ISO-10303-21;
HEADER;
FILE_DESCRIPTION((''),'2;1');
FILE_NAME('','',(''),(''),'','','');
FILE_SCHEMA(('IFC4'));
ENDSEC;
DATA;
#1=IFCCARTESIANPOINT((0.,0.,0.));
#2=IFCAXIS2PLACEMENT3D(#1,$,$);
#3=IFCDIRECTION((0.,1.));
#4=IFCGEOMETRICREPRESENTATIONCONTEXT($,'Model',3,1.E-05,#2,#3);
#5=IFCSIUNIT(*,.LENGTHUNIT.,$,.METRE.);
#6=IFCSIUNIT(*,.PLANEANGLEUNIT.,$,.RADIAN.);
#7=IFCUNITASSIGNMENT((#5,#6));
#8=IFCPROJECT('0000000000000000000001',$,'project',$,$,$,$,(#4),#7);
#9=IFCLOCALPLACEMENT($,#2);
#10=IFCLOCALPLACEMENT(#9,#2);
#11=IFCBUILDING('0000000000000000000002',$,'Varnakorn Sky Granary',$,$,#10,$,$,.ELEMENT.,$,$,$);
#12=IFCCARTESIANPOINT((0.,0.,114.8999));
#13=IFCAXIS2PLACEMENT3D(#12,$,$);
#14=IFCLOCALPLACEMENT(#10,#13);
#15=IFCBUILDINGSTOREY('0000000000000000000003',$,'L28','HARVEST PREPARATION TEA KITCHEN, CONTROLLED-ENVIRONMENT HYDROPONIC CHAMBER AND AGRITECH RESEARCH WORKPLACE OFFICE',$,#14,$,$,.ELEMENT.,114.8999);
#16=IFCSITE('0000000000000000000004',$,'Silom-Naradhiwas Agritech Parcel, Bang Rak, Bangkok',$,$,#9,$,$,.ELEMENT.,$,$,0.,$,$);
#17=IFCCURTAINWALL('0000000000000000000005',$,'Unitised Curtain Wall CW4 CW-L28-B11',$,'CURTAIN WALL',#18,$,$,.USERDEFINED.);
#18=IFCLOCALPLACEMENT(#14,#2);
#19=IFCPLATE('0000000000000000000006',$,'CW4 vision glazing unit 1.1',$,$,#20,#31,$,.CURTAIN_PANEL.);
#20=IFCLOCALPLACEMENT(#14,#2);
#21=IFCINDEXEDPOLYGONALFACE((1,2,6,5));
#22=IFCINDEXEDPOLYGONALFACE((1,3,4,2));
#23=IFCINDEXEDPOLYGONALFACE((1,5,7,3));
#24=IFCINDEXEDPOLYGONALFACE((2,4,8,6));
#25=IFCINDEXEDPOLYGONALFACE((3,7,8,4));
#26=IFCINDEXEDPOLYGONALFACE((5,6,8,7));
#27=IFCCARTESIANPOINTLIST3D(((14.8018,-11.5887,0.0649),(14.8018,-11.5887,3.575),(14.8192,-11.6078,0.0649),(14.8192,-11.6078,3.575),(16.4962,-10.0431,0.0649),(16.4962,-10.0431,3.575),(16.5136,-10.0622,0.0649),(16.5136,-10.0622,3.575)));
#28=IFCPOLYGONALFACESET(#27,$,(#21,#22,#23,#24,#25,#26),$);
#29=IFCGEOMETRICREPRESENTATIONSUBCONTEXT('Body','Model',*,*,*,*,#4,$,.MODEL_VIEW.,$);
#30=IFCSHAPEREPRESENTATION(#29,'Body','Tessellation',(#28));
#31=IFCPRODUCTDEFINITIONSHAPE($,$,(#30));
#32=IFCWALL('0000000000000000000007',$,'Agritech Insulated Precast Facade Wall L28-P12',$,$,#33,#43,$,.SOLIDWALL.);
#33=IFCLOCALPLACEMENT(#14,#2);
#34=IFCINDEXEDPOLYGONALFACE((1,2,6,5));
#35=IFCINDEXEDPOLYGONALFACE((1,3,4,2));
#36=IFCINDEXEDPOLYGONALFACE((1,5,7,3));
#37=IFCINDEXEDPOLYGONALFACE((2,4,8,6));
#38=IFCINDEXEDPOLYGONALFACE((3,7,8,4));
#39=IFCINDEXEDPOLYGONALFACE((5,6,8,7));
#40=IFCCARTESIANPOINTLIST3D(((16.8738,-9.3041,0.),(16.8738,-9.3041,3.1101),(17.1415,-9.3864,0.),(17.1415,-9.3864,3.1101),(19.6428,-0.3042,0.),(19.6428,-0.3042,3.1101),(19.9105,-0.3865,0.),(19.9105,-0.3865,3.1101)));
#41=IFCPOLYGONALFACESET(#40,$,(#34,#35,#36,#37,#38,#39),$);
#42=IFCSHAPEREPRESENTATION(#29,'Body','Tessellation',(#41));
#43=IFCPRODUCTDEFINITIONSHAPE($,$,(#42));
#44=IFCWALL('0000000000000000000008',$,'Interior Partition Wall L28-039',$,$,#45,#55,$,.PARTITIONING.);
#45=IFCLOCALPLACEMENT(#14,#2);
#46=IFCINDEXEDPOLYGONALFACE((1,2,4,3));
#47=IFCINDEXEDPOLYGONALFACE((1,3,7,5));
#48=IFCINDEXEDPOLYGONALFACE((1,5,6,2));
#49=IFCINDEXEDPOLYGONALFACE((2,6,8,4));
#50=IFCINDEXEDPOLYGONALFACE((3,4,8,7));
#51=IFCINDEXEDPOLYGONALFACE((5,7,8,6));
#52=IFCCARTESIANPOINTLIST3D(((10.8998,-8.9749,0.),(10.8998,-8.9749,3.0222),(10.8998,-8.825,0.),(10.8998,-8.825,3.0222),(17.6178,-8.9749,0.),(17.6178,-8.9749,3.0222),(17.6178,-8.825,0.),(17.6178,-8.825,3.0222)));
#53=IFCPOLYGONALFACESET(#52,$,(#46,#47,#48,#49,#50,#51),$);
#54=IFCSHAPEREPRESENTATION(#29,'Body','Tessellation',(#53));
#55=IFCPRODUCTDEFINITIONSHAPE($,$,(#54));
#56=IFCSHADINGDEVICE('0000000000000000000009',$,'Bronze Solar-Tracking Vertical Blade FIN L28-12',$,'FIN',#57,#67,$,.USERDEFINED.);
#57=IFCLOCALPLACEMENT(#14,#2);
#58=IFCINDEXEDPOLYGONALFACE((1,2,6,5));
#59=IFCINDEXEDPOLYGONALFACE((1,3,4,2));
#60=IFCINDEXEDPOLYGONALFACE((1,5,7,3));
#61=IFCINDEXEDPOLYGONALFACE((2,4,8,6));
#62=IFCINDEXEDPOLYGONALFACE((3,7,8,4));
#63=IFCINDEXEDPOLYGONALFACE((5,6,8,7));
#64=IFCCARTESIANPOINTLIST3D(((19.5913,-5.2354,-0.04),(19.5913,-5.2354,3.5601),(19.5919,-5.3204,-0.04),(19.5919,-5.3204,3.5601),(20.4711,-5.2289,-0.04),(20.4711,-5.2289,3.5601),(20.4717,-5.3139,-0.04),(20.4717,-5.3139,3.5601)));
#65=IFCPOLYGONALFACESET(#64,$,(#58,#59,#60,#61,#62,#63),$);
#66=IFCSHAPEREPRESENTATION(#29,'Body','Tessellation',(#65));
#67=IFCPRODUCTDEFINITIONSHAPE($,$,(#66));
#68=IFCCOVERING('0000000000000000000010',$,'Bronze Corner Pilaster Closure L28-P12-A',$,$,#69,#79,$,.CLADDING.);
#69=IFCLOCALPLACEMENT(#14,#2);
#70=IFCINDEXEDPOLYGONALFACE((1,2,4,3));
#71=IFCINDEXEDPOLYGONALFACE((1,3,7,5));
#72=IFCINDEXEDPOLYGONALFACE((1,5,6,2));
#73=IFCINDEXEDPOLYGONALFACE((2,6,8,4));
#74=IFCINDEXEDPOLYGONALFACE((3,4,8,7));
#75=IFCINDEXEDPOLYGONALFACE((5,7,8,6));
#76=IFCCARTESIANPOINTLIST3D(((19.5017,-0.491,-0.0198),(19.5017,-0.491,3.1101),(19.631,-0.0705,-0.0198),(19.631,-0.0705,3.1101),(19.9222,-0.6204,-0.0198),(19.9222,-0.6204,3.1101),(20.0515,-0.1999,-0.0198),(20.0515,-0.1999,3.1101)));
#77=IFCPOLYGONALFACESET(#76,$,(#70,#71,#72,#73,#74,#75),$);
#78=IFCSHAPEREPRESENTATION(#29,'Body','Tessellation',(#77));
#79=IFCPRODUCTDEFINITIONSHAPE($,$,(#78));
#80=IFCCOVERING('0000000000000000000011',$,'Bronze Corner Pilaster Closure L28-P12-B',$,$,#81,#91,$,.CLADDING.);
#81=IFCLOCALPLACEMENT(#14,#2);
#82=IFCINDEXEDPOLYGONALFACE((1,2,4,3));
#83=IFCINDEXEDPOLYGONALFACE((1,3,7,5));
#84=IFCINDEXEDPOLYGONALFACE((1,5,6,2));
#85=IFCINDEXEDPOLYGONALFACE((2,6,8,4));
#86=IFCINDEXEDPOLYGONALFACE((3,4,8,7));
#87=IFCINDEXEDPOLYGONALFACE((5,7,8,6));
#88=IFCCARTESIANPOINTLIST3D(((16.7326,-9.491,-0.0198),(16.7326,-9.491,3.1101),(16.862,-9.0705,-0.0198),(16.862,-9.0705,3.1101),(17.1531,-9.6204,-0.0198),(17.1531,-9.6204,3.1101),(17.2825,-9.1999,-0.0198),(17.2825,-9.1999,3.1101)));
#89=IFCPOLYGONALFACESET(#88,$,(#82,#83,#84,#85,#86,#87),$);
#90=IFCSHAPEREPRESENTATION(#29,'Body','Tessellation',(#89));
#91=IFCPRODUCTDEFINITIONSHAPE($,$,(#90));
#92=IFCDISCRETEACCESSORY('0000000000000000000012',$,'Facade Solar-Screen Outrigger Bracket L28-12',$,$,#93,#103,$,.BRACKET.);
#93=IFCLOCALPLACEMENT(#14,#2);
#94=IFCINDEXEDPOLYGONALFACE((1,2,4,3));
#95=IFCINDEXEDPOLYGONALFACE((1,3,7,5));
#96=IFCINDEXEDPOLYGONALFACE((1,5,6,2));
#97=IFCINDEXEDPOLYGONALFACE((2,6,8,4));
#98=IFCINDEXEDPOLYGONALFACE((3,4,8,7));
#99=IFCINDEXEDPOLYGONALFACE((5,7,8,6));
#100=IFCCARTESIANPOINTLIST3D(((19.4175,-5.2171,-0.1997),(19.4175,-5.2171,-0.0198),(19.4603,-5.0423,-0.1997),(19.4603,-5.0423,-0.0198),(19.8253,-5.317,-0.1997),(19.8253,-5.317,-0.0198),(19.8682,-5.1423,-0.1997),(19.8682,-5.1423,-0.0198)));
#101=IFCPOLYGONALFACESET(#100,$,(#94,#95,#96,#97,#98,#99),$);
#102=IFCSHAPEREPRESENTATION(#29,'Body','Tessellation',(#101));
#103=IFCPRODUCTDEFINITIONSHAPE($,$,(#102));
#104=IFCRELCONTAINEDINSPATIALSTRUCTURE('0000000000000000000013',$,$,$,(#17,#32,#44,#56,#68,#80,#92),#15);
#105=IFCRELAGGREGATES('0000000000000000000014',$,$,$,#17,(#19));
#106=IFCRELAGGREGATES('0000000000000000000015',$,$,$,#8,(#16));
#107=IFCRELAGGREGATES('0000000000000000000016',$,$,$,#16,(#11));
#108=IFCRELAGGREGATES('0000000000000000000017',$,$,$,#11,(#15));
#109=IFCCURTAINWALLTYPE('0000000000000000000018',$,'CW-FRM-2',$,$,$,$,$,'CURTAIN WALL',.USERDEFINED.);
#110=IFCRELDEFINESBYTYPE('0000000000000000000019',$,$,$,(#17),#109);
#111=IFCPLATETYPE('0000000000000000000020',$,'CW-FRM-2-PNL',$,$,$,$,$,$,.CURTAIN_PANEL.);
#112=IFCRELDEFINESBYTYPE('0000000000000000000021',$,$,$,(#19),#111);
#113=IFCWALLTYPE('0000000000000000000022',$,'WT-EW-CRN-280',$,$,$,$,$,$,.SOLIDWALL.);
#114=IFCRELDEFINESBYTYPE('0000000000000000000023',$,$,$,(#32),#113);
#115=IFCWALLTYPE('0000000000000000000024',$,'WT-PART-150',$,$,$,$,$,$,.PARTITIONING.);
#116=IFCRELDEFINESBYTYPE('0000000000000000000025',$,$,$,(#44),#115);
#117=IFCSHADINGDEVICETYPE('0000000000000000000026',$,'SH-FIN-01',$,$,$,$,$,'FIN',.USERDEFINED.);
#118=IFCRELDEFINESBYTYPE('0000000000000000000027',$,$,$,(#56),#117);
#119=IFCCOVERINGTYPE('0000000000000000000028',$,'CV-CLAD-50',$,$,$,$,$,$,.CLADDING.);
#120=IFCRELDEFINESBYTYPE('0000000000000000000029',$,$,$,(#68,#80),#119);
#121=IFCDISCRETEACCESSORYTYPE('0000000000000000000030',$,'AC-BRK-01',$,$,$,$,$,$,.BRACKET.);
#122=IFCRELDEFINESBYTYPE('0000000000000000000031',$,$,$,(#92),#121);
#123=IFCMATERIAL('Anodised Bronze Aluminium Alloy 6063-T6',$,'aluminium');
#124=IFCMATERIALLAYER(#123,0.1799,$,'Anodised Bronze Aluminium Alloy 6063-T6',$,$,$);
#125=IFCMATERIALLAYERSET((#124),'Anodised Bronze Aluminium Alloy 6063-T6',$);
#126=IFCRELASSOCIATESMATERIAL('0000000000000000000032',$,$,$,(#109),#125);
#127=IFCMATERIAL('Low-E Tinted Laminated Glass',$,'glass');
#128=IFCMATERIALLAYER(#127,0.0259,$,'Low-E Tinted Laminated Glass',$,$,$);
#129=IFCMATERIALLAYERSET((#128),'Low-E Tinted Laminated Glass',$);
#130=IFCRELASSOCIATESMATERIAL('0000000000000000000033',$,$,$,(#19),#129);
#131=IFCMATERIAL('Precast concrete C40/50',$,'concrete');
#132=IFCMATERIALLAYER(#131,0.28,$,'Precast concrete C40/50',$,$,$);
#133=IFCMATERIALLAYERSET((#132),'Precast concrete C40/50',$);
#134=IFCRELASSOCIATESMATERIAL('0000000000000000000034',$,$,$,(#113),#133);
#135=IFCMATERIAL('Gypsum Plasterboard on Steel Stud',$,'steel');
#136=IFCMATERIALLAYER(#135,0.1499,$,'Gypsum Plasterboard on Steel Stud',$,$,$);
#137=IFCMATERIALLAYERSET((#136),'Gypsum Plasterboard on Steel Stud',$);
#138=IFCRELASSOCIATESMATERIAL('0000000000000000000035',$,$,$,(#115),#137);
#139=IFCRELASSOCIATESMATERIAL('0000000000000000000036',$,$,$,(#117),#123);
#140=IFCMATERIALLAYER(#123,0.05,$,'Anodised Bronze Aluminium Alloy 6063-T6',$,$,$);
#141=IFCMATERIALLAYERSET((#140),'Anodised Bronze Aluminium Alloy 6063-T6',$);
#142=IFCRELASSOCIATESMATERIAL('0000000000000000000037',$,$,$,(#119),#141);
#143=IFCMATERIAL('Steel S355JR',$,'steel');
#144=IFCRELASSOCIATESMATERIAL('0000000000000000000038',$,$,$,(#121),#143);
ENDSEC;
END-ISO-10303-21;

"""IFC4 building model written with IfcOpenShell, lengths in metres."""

from ifc_helpers import new_model, si_unit, direction, frame, frame_2d, origin, origin_2d, place, context, subcontext, project, spatial, rectangle, extrude, source, transform, mapped, material, layer, layer_set, type_object, type_shapes, element, aggregate, save


model = new_model("IFC4")

# Units and contexts
model_context = context("Model", 3, precision=1e-05, world=origin(), true_north=direction((0.0, 1.0)))
body_context = subcontext(model_context, "Body", "Model", "MODEL_VIEW")
ifc_project = project(units=[si_unit("LENGTHUNIT", "METRE"), si_unit("PLANEANGLEUNIT", "RADIAN")], contexts=[model_context])

# Site, building, storey
site_placement = place(None, origin())
site = spatial("IfcSite", under=ifc_project, at=site_placement, Name="Silom-Naradhiwas Agritech Parcel, Bang Rak, Bangkok", CompositionType="ELEMENT", RefElevation=0.0)
building_placement = place(site_placement, origin())
building = spatial("IfcBuilding", under=site, at=building_placement, Name="Varnakorn Sky Granary", CompositionType="ELEMENT")
storey_placement = place(building_placement, frame((0.0, 0.0, 114.8999)))
storey = spatial("IfcBuildingStorey", under=building, at=storey_placement, Name="L28", Description="HARVEST PREPARATION TEA KITCHEN, CONTROLLED-ENVIRONMENT HYDROPONIC CHAMBER AND AGRITECH RESEARCH WORKPLACE OFFICE", CompositionType="ELEMENT", Elevation=114.8999)

# Shared definitions
ifc_material_1 = material(Name="Steel S355JR", Category="steel")

# Shared definitions
ifc_material_2 = material(Name="Anodised Bronze Aluminium Alloy 6063-T6", Category="aluminium")
ifc_layer_1 = layer(ifc_material_2, 0.1799, Name="Anodised Bronze Aluminium Alloy 6063-T6")
ifc_layer_set_1 = layer_set([ifc_layer_1], Name="Anodised Bronze Aluminium Alloy 6063-T6")
curtain_wall_type = type_object("IfcCurtainWallType", Name="CW-FRM-2", ElementType="CURTAIN WALL", PredefinedType="USERDEFINED", material=ifc_layer_set_1)

# Curtain wall
curtain_wall_1_placement = place(storey_placement, origin())
curtain_wall_1 = element("IfcCurtainWall", 1, at=curtain_wall_1_placement, inside=storey, type_object=curtain_wall_type, Name="Unitised Curtain Wall CW4 CW-L28-B11", ObjectType="CURTAIN WALL", PredefinedType="USERDEFINED")

# Plate
ifc_material_3 = material(Name="Low-E Tinted Laminated Glass", Category="glass")
ifc_layer_2 = layer(ifc_material_3, 0.0259, Name="Low-E Tinted Laminated Glass")
ifc_layer_set_2 = layer_set([ifc_layer_2], Name="Low-E Tinted Laminated Glass")
plate_type = type_object("IfcPlateType", Name="CW-FRM-2-PNL", PredefinedType="CURTAIN_PANEL")
shared_shape_1 = source(origin(), body_context, "Body", "SweptSolid", [
    extrude(rectangle(XDim=2.2935, YDim=0.0259, at=origin_2d()), origin(), (0.0, 0.0, 1.0), 3.51),
])
type_shapes(plate_type, [shared_shape_1])
plate_placement = place(storey_placement, frame((15.6577, -10.8254, 0.0649), z_axis=(0.0, 0.0, 1.0), x_axis=(-0.7388, -0.673925, 0.0)))
plate = element("IfcPlate", 2, at=plate_placement, type_object=plate_type, material=ifc_layer_set_2, Name="CW4 vision glazing unit 1.1", PredefinedType="CURTAIN_PANEL", context=body_context, shape_type="MappedRepresentation", body=[
    mapped(shared_shape_1, transform((0.0, 0.0, 0.0), x_axis=(1.0, 0.0, 0.0), y_axis=(0.0, 1.0, 0.0), z_axis=(0.0, 0.0, 1.0), scale=1.0)),
])
aggregate(curtain_wall_1, [plate])

# Walls
ifc_material_4 = material(Name="Precast concrete C40/50", Category="concrete")
ifc_layer_3 = layer(ifc_material_4, 0.28, Name="Precast concrete C40/50")
ifc_layer_set_3 = layer_set([ifc_layer_3], Name="Precast concrete C40/50")
wall_type_1 = type_object("IfcWallType", Name="WT-EW-CRN-280", PredefinedType="SOLIDWALL", material=ifc_layer_set_3)
wall_1_placement = place(storey_placement, frame((19.7766, -0.3455, 0.0), z_axis=(0.0, 0.0, 1.0), x_axis=(-0.294068, -0.955785, 0.0)))
element("IfcWall", 3, at=wall_1_placement, inside=storey, type_object=wall_type_1, Name="Agritech Insulated Precast Facade Wall L28-P12", PredefinedType="SOLIDWALL", context=body_context, shape_type="SweptSolid", body=[
    extrude(rectangle(XDim=9.4163, YDim=0.28, at=frame_2d((4.708, 0.0))), origin(), (0.0, 0.0, 1.0), 3.1101),
])
ifc_material_5 = material(Name="Gypsum Plasterboard on Steel Stud", Category="steel")
ifc_layer_4 = layer(ifc_material_5, 0.1499, Name="Gypsum Plasterboard on Steel Stud")
ifc_layer_set_4 = layer_set([ifc_layer_4], Name="Gypsum Plasterboard on Steel Stud")
wall_type_2 = type_object("IfcWallType", Name="WT-PART-150", PredefinedType="PARTITIONING", material=ifc_layer_set_4)
wall_2_placement = place(storey_placement, frame((10.8999, -8.8999, 0.0), z_axis=(0.0, 0.0, 1.0), x_axis=(1.0, 0.0, 0.0)))
element("IfcWall", 4, at=wall_2_placement, inside=storey, type_object=wall_type_2, Name="Interior Partition Wall L28-039", PredefinedType="PARTITIONING", context=body_context, shape_type="SweptSolid", body=[
    extrude(rectangle(XDim=6.718, YDim=0.1499, at=frame_2d((3.3589, 0.0))), origin(), (0.0, 0.0, 1.0), 3.0222),
])

# Shading device
shading_device_type = type_object("IfcShadingDeviceType", Name="SH-FIN-01", ElementType="FIN", PredefinedType="USERDEFINED", material=ifc_material_2)
shared_shape_2 = source(origin(), body_context, "Body", "SweptSolid", [
    extrude(rectangle(XDim=0.085, YDim=0.8799, at=origin_2d()), origin(), (0.0, 0.0, 1.0), 3.6001),
])
type_shapes(shading_device_type, [shared_shape_2])
shading_device_placement = place(storey_placement, frame((20.0315, -5.2747, -0.04), z_axis=(0.0, 0.0, 1.0), x_axis=(-0.007384, 0.999973, 0.0)))
element("IfcShadingDevice", 5, at=shading_device_placement, inside=storey, type_object=shading_device_type, Name="Bronze Solar-Tracking Vertical Blade FIN L28-12", ObjectType="FIN", PredefinedType="USERDEFINED", context=body_context, shape_type="MappedRepresentation", body=[
    mapped(shared_shape_2, transform((0.0, 0.0, 0.0), x_axis=(1.0, 0.0, 0.0), y_axis=(0.0, 1.0, 0.0), z_axis=(0.0, 0.0, 1.0), scale=1.0)),
])

# Coverings
ifc_layer_5 = layer(ifc_material_2, 0.05, Name="Anodised Bronze Aluminium Alloy 6063-T6")
ifc_layer_set_5 = layer_set([ifc_layer_5], Name="Anodised Bronze Aluminium Alloy 6063-T6")
covering_type = type_object("IfcCoveringType", Name="CV-CLAD-50", PredefinedType="CLADDING", material=ifc_layer_set_5)
shared_shape_3 = source(origin(), body_context, "Body", "SweptSolid", [
    extrude(rectangle(XDim=0.4399, YDim=0.4399, at=origin_2d()), origin(), (0.0, 0.0, 1.0), 3.1299),
])
type_shapes(covering_type, [shared_shape_3])
for number, where, z_axis, x_axis, name in (
    (6, (19.7766, -0.3455, -0.0198), (0.0, 0.0, 1.0), (-0.29404, -0.955793, 0.0), "Bronze Corner Pilaster Closure L28-P12-A"),
    (7, (17.0076, -9.3455, -0.0198), (0.0, 0.0, 1.0), (-0.29404, -0.955793, 0.0), "Bronze Corner Pilaster Closure L28-P12-B"),
):
    element("IfcCovering", number, at=place(storey_placement, frame(where, z_axis=z_axis, x_axis=x_axis)), inside=storey, type_object=covering_type, Name=name, PredefinedType="CLADDING", context=body_context, shape_type="MappedRepresentation", body=[
        mapped(shared_shape_3, transform((0.0, 0.0, 0.0), x_axis=(1.0, 0.0, 0.0), y_axis=(0.0, 1.0, 0.0), z_axis=(0.0, 0.0, 1.0), scale=1.0)),
    ])

# Discrete accessory
discrete_accessory_type = type_object("IfcDiscreteAccessoryType", Name="AC-BRK-01", PredefinedType="BRACKET", material=ifc_material_1)
shared_shape_4 = source(origin(), body_context, "Body", "SweptSolid", [
    extrude(rectangle(XDim=0.1799, YDim=0.4199, at=origin_2d()), origin(), (0.0, 0.0, 1.0), 0.1799),
])
type_shapes(discrete_accessory_type, [shared_shape_4])
discrete_accessory_placement = place(storey_placement, frame((19.6428, -5.1797, -0.1997), z_axis=(0.0, 0.0, 1.0), x_axis=(0.237943, 0.971279, 0.0)))
element("IfcDiscreteAccessory", 8, at=discrete_accessory_placement, inside=storey, type_object=discrete_accessory_type, Name="Facade Solar-Screen Outrigger Bracket L28-12", PredefinedType="BRACKET", context=body_context, shape_type="MappedRepresentation", body=[
    mapped(shared_shape_4, transform((0.0, 0.0, 0.0), x_axis=(1.0, 0.0, 0.0), y_axis=(0.0, 1.0, 0.0), z_axis=(0.0, 0.0, 1.0), scale=1.0)),
])

save(model, "model.ifc")
